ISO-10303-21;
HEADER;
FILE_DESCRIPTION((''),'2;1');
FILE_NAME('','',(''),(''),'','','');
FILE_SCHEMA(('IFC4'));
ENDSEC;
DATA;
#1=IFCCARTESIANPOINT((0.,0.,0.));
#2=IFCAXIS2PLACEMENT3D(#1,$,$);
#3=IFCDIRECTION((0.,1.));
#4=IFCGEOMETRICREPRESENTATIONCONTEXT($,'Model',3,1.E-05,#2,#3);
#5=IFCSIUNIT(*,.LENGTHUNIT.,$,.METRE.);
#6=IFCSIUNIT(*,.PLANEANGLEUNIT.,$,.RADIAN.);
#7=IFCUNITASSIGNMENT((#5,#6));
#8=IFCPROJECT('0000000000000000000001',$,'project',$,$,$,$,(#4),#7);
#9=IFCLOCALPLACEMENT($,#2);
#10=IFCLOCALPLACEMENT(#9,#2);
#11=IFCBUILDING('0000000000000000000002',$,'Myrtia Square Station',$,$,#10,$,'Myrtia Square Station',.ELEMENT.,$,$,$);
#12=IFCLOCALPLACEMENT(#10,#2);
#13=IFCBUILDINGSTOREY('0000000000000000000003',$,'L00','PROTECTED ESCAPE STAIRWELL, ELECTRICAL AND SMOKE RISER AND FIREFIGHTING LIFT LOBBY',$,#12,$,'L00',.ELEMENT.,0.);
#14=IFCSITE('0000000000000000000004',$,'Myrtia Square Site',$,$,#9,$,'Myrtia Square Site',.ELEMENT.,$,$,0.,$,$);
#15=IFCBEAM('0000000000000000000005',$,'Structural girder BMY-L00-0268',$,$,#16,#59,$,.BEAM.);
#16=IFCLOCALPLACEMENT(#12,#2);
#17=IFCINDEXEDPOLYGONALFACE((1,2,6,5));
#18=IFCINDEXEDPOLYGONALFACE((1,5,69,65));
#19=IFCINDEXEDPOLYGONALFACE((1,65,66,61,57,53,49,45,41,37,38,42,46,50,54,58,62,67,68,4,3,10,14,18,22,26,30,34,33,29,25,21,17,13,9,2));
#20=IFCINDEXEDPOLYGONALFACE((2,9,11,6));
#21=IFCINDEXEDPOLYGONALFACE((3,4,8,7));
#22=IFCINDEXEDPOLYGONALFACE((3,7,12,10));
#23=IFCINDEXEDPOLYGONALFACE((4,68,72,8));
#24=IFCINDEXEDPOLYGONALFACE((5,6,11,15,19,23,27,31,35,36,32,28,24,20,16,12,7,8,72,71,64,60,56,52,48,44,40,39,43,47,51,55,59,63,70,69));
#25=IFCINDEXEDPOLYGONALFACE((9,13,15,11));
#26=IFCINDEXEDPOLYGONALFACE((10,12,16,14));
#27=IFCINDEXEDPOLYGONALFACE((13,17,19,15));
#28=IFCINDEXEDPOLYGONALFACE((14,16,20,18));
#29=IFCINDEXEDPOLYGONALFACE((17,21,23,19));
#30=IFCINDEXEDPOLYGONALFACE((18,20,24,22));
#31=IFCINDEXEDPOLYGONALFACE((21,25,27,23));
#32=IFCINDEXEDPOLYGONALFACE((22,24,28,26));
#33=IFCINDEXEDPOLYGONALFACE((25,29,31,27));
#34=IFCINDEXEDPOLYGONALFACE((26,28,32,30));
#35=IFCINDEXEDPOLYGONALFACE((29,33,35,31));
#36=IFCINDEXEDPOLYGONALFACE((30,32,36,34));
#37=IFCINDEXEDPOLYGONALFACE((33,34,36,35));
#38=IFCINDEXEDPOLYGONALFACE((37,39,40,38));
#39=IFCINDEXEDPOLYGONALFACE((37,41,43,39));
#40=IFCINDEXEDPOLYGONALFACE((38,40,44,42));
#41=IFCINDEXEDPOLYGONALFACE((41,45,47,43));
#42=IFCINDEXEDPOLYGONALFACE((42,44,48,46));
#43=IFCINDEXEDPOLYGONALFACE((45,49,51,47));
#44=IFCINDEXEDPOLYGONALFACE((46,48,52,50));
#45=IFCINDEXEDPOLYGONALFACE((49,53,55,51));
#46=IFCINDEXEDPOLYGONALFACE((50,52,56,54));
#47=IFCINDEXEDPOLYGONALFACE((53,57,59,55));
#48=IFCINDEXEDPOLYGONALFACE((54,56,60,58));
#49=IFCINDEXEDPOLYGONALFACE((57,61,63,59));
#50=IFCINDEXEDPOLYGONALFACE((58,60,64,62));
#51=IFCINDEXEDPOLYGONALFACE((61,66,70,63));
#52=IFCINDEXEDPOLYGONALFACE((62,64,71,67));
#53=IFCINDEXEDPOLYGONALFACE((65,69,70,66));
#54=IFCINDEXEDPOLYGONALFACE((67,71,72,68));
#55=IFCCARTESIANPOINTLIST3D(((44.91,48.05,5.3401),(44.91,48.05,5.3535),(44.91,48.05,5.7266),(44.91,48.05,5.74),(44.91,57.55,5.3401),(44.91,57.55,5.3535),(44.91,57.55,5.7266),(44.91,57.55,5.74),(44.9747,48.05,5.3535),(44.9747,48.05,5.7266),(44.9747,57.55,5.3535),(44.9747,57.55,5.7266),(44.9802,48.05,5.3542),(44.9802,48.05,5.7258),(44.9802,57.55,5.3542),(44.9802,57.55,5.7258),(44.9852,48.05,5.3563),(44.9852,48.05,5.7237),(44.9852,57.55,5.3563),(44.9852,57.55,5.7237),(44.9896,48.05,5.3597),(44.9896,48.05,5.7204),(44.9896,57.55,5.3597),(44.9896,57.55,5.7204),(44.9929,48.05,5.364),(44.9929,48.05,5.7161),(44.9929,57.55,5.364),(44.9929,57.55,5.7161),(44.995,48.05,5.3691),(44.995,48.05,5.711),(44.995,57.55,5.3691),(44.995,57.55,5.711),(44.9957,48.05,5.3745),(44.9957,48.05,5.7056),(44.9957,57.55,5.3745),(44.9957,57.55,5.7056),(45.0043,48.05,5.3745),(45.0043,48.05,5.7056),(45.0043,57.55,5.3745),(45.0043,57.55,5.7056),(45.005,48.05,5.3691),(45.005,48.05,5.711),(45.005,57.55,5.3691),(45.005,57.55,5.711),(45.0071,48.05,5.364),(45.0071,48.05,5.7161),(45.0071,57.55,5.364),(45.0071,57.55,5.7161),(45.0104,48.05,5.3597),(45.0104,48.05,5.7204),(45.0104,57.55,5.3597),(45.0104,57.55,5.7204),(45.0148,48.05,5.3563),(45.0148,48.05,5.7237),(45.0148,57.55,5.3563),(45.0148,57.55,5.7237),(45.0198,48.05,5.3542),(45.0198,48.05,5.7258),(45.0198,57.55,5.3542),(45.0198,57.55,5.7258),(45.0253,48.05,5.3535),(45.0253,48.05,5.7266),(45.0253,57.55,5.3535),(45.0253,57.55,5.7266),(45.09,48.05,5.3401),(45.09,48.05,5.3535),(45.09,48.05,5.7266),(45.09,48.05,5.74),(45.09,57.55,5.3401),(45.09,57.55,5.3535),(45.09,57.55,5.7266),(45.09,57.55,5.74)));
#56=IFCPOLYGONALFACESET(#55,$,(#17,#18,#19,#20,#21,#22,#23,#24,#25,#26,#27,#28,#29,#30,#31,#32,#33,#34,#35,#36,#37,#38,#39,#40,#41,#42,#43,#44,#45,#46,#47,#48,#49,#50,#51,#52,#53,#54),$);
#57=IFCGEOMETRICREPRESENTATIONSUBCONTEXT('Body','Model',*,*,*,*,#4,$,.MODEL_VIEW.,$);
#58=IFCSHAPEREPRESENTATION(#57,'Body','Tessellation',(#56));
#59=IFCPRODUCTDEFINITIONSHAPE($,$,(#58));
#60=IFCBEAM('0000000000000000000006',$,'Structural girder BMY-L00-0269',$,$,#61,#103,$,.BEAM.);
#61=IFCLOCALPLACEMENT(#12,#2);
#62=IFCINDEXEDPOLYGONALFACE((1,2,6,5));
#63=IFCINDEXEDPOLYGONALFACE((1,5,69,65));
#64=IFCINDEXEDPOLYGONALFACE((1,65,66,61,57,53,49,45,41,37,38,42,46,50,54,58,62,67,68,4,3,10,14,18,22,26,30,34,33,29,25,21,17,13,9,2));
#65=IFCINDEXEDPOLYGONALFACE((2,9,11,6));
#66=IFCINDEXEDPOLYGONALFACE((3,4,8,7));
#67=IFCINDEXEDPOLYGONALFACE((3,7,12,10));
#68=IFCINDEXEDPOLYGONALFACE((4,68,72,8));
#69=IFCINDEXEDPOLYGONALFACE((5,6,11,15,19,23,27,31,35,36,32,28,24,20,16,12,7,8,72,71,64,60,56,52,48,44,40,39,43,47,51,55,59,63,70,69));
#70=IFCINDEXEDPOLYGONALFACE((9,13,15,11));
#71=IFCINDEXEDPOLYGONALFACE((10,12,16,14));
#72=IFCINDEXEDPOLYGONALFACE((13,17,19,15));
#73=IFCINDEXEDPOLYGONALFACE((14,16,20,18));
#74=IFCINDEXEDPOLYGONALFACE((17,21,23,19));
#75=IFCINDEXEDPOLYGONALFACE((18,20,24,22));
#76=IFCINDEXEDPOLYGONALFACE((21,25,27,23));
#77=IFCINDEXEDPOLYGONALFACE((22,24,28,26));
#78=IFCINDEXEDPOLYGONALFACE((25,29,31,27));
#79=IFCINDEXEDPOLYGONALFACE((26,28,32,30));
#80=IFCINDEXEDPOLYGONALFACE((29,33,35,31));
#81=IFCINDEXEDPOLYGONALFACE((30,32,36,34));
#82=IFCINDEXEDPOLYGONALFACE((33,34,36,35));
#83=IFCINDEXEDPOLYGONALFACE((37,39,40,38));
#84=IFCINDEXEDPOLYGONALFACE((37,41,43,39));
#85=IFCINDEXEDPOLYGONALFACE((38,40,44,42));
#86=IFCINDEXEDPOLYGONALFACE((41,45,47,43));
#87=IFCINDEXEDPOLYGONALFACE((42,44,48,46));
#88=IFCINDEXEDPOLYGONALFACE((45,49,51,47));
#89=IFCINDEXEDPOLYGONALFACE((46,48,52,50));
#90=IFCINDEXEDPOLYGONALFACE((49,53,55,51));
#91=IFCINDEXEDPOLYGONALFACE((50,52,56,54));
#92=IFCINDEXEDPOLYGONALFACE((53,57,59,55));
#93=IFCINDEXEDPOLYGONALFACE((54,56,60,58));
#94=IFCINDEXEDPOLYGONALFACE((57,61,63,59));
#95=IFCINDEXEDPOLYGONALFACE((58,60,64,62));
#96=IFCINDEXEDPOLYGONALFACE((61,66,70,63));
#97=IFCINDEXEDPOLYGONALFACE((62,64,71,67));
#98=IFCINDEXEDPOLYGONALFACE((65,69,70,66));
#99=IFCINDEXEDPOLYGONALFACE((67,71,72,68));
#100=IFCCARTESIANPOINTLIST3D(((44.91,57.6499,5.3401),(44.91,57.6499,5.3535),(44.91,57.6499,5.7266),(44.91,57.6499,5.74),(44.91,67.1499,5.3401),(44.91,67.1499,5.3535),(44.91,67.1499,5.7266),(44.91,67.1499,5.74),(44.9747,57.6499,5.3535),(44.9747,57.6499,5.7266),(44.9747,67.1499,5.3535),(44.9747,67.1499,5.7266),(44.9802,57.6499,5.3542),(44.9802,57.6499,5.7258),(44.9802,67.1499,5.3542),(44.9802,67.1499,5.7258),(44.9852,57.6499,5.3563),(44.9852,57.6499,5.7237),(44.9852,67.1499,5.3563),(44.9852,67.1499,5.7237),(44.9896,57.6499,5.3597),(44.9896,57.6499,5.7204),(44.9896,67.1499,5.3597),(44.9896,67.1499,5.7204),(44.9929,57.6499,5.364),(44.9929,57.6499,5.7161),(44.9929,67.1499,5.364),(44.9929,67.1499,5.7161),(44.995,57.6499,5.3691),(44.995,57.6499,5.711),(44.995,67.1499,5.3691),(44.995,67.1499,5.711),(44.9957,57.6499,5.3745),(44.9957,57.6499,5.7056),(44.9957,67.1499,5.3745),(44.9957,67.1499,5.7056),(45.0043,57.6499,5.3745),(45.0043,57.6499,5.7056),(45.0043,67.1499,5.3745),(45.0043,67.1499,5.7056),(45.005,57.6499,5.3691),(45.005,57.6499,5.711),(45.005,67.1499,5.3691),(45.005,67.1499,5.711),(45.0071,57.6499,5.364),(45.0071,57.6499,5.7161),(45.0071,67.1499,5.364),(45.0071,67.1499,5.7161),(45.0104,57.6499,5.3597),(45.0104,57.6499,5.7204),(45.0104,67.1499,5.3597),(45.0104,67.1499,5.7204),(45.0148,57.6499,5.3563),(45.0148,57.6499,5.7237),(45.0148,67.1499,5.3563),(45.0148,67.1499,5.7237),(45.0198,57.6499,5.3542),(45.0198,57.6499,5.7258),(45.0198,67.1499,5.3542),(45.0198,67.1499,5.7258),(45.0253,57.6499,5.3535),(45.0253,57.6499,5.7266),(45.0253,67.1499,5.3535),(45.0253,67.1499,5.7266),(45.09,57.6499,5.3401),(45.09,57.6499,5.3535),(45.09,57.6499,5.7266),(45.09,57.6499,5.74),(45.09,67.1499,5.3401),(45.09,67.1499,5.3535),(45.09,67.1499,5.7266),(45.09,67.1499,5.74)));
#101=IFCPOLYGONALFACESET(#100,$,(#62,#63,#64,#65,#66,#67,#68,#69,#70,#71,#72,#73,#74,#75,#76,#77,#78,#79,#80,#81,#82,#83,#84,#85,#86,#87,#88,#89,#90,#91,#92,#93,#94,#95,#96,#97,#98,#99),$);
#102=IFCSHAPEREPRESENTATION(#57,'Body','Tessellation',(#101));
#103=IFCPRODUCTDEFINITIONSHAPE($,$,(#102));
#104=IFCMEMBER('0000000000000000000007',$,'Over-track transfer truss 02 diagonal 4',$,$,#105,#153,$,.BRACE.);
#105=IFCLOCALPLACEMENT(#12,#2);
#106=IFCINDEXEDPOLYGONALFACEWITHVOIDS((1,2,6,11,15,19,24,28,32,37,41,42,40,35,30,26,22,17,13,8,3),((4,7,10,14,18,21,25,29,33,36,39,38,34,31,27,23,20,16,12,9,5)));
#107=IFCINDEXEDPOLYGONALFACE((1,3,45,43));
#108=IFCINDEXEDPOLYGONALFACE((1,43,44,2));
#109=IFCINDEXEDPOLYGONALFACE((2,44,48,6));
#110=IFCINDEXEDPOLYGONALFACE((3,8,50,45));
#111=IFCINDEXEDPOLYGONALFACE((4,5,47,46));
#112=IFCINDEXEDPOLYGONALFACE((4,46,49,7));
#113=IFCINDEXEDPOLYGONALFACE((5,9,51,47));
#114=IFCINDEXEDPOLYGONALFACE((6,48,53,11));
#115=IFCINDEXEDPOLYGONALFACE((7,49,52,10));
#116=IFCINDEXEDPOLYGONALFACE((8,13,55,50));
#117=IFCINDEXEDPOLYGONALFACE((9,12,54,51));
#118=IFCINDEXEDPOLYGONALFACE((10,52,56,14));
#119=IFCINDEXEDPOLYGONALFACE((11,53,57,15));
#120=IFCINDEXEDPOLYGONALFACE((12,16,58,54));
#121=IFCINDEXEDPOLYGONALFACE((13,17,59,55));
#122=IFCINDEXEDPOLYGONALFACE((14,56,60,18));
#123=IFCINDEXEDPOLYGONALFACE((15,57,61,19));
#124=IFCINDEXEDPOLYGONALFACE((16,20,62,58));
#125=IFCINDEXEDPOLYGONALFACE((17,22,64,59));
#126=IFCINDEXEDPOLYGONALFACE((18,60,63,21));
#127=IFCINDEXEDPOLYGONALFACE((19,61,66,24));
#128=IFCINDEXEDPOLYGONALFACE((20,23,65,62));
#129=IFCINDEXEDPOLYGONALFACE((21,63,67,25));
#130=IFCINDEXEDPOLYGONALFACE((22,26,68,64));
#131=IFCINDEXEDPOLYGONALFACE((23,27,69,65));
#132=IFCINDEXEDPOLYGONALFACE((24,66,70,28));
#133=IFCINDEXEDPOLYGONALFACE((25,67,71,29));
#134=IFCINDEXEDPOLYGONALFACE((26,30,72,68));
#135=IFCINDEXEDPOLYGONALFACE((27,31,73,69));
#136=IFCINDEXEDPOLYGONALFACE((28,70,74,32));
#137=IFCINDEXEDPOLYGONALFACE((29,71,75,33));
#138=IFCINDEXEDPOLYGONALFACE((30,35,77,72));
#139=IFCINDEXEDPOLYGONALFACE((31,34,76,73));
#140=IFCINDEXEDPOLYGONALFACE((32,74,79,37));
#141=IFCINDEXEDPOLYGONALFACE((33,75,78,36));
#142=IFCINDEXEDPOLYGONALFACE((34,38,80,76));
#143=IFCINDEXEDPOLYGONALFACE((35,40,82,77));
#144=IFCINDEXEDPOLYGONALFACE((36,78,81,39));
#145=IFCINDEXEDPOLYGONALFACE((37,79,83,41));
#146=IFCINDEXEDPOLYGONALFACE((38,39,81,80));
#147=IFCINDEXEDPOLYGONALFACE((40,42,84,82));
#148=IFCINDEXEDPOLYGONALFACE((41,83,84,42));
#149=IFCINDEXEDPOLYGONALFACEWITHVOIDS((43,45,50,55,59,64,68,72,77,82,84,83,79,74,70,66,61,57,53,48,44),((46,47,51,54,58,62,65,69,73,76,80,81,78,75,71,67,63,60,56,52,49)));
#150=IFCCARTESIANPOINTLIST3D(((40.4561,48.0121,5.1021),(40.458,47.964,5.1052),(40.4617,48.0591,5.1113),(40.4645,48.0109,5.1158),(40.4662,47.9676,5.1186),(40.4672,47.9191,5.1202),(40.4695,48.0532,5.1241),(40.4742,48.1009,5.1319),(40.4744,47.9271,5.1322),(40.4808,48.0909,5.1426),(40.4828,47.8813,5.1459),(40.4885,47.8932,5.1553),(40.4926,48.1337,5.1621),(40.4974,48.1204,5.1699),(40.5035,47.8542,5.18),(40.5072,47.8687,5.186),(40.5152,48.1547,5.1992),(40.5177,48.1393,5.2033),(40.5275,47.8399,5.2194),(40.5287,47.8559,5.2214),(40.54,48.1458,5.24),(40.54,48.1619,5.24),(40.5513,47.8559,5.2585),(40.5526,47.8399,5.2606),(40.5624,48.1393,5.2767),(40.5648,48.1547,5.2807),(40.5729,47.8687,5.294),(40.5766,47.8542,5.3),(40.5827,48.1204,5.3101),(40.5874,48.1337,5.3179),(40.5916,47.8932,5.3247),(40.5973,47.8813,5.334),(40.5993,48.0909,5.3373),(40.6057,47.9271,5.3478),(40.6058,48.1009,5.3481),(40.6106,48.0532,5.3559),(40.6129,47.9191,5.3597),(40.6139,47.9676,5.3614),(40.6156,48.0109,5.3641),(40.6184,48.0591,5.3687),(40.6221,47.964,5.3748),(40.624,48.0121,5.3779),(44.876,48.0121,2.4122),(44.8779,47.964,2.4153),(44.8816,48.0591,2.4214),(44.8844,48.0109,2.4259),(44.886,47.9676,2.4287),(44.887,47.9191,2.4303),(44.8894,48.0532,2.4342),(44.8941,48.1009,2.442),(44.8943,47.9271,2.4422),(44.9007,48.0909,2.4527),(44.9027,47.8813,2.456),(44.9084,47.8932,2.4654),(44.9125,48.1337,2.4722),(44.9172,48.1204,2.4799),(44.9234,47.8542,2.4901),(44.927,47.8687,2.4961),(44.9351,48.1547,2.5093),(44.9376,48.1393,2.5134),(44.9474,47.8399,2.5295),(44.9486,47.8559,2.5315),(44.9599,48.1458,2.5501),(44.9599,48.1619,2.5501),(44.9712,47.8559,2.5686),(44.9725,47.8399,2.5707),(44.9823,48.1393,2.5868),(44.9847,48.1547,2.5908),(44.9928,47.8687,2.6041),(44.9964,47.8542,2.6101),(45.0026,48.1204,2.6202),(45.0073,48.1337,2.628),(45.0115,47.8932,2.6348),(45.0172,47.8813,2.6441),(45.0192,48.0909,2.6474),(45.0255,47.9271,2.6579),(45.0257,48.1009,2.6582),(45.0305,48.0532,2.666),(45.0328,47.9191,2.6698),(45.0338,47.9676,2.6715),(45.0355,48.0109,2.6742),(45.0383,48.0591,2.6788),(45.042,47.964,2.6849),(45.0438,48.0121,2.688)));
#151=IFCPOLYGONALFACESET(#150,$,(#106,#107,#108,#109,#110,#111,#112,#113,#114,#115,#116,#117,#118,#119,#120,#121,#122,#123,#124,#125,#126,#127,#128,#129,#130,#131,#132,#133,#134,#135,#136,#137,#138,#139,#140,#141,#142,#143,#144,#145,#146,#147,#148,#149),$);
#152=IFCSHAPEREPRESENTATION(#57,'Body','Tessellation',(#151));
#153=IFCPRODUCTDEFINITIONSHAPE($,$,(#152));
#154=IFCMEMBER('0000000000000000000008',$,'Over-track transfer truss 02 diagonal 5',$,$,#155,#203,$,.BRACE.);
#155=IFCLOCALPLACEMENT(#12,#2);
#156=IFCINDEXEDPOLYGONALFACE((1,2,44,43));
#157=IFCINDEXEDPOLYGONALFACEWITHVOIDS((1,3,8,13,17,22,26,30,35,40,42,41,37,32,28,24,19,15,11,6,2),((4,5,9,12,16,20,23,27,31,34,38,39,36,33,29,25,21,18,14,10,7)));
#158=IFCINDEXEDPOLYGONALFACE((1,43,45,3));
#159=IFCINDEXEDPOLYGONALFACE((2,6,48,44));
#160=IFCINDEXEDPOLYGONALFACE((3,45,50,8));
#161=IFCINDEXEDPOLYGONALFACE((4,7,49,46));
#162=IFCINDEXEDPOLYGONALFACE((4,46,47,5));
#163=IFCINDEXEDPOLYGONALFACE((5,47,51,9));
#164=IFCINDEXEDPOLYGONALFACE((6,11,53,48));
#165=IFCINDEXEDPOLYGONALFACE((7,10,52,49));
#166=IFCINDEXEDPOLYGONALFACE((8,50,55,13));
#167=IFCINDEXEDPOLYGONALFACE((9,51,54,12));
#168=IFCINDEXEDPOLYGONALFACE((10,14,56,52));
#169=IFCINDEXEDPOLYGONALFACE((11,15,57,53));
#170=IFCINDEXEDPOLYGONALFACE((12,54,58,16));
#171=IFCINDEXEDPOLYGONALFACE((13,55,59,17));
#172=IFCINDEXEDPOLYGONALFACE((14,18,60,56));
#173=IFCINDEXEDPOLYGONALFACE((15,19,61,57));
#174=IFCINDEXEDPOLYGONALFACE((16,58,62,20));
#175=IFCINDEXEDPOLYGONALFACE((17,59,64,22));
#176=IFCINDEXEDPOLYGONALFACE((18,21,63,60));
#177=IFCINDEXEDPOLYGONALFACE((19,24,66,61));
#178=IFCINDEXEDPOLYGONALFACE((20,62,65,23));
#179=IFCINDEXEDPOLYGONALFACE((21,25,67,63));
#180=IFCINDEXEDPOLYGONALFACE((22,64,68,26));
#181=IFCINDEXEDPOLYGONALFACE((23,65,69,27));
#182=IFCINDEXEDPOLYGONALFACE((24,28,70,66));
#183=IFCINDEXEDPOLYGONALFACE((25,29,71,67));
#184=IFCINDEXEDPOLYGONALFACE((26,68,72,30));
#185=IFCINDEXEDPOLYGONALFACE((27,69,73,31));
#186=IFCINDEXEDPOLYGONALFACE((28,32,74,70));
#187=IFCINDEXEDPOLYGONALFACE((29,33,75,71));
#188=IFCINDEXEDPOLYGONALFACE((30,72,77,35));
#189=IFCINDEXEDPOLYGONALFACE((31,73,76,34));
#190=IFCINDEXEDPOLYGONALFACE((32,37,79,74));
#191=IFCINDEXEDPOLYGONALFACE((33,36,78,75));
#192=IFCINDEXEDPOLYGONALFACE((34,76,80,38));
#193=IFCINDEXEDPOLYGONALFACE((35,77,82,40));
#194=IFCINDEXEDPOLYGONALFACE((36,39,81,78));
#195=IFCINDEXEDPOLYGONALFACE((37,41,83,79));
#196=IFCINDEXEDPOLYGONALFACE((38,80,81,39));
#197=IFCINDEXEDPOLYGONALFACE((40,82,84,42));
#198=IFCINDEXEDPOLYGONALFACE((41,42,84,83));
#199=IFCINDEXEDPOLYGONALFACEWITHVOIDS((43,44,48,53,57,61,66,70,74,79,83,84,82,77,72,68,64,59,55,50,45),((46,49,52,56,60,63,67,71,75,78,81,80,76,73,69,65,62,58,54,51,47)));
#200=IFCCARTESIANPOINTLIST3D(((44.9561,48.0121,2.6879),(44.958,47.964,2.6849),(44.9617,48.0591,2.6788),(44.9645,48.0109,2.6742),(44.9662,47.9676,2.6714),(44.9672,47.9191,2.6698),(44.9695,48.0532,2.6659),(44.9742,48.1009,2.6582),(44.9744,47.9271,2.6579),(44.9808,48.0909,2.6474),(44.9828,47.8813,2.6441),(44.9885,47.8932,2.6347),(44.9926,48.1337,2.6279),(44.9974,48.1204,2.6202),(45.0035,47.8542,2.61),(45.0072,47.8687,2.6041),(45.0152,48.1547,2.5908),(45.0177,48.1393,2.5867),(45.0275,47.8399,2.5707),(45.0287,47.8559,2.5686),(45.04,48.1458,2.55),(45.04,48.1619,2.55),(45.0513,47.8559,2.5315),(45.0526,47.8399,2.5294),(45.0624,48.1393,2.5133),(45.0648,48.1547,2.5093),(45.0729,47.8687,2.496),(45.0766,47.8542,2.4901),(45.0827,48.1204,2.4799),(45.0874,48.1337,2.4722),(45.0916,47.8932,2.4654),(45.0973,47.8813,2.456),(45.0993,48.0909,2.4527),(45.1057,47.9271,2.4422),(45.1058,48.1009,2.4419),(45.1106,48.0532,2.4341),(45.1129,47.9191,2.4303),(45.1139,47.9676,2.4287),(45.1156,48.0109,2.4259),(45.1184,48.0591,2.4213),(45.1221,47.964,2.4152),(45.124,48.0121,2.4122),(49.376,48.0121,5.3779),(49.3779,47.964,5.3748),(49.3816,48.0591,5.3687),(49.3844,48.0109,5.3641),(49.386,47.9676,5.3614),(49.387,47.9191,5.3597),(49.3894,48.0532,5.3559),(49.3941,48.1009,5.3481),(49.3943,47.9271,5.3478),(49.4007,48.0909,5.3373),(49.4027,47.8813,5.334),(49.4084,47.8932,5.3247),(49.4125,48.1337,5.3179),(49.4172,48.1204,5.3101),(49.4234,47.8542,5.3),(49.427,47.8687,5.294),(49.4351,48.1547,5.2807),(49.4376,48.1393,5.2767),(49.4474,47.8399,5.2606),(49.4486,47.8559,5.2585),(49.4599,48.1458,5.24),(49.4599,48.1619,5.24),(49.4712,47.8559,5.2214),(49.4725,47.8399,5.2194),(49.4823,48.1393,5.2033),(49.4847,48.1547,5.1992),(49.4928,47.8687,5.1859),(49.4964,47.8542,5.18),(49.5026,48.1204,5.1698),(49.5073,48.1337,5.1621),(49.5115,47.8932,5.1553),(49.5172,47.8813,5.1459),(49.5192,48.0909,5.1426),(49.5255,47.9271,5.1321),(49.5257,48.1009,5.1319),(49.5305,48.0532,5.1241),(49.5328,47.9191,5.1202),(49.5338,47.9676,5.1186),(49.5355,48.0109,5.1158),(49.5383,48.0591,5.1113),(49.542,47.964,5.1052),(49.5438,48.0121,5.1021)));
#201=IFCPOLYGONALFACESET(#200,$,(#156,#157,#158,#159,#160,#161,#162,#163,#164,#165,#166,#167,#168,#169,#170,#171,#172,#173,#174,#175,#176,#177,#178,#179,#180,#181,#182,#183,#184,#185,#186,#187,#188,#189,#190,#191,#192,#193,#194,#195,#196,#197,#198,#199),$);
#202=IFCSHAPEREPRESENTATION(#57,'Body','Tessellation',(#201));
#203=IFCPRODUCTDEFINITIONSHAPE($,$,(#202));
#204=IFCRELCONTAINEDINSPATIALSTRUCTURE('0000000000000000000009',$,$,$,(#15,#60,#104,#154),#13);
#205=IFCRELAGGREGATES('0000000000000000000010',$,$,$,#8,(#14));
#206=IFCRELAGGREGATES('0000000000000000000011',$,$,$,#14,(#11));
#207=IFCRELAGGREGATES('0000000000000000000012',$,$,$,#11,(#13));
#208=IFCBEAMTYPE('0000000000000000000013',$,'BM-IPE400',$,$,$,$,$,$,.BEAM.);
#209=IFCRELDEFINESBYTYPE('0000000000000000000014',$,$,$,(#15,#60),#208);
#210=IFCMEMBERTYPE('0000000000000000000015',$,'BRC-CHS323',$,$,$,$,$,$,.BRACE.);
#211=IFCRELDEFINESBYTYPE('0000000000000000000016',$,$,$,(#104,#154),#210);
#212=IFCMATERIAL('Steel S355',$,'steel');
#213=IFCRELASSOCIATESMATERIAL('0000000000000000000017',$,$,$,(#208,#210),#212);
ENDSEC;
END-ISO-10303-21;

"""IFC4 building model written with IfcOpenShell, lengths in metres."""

from ifc_helpers import new_model, si_unit, direction, frame, origin, origin_2d, place, context, subcontext, project, spatial, hollow_circle, i_section, extrude, material, material_profile, profile_set, type_object, element, save


model = new_model("IFC4")

# Units and contexts
model_context = context("Model", 3, precision=1e-05, world=origin(), true_north=direction((0.0, 1.0)))
body_context = subcontext(model_context, "Body", "Model", "MODEL_VIEW")
ifc_project = project(units=[si_unit("LENGTHUNIT", "METRE"), si_unit("PLANEANGLEUNIT", "RADIAN")], contexts=[model_context])

# Site, building, storey
site_placement = place(None, origin())
site = spatial("IfcSite", under=ifc_project, at=site_placement, Name="Myrtia Square Site", LongName="Myrtia Square Site", CompositionType="ELEMENT", RefElevation=0.0)
building_placement = place(site_placement, origin())
building = spatial("IfcBuilding", under=site, at=building_placement, Name="Myrtia Square Station", LongName="Myrtia Square Station", CompositionType="ELEMENT")
storey_placement = place(building_placement, origin())
storey = spatial("IfcBuildingStorey", under=building, at=storey_placement, Name="L00", Description="PROTECTED ESCAPE STAIRWELL, ELECTRICAL AND SMOKE RISER AND FIREFIGHTING LIFT LOBBY", LongName="L00", CompositionType="ELEMENT", Elevation=0.0)

# Shared definitions
ifc_material_1 = material(Name="Steel S355", Category="steel")

# Beams
ifc_material_profile_1 = material_profile(ifc_material_1, i_section(OverallWidth=0.1799, OverallDepth=0.3999, WebThickness=0.0085, FlangeThickness=0.0134, FilletRadius=0.021, at=origin_2d()), Name="IPE 400")
ifc_profile_set_1 = profile_set([ifc_material_profile_1], Name="Steel S355")
beam_type_1 = type_object("IfcBeamType", Name="BM-IPE400", PredefinedType="BEAM", material=ifc_profile_set_1)
for number, where, z_axis, x_axis, name in (
    (1, (45.0, 48.05, 5.54), (0.0, 1.0, 0.0), (-1.0, 0.0, 0.0), "Structural girder BMY-L00-0268"),
    (2, (45.0, 57.6499, 5.54), (0.0, 1.0, 0.0), (-1.0, 0.0, 0.0), "Structural girder BMY-L00-0269"),
):
    element("IfcBeam", number, at=place(storey_placement, frame(where, z_axis=z_axis, x_axis=x_axis)), inside=storey, type_object=beam_type_1, Name=name, PredefinedType="BEAM", context=body_context, shape_type="SweptSolid", body=[
        extrude(i_section(OverallWidth=0.1799, OverallDepth=0.3999, WebThickness=0.0085, FlangeThickness=0.0134, FilletRadius=0.021, at=origin_2d()), origin(), (0.0, 0.0, 1.0), 9.5),
    ])

# Members
ifc_material_profile_2 = material_profile(ifc_material_1, hollow_circle(Radius=0.1619, WallThickness=0.0161, at=origin_2d()), Name="CHS 323.9x16")
ifc_profile_set_2 = profile_set([ifc_material_profile_2], Name="Steel S355")
member_type_1 = type_object("IfcMemberType", Name="BRC-CHS323", PredefinedType="BRACE", material=ifc_profile_set_2)
for number, where, z_axis, x_axis, name in (
    (3, (40.54, 48.0, 5.24), (0.854237, 0.0, -0.519884), (0.0, 1.0, 0.0), "Over-track transfer truss 02 diagonal 4"),
    (4, (45.04, 48.0, 2.55), (0.854237, 0.0, 0.519884), (0.0, 1.0, 0.0), "Over-track transfer truss 02 diagonal 5"),
):
    element("IfcMember", number, at=place(storey_placement, frame(where, z_axis=z_axis, x_axis=x_axis)), inside=storey, type_object=member_type_1, Name=name, PredefinedType="BRACE", context=body_context, shape_type="SweptSolid", body=[
        extrude(hollow_circle(Radius=0.1619, WallThickness=0.0161, at=origin_2d()), origin(), (0.0, 0.0, 1.0), 5.1741),
    ])

save(model, "model.ifc")
